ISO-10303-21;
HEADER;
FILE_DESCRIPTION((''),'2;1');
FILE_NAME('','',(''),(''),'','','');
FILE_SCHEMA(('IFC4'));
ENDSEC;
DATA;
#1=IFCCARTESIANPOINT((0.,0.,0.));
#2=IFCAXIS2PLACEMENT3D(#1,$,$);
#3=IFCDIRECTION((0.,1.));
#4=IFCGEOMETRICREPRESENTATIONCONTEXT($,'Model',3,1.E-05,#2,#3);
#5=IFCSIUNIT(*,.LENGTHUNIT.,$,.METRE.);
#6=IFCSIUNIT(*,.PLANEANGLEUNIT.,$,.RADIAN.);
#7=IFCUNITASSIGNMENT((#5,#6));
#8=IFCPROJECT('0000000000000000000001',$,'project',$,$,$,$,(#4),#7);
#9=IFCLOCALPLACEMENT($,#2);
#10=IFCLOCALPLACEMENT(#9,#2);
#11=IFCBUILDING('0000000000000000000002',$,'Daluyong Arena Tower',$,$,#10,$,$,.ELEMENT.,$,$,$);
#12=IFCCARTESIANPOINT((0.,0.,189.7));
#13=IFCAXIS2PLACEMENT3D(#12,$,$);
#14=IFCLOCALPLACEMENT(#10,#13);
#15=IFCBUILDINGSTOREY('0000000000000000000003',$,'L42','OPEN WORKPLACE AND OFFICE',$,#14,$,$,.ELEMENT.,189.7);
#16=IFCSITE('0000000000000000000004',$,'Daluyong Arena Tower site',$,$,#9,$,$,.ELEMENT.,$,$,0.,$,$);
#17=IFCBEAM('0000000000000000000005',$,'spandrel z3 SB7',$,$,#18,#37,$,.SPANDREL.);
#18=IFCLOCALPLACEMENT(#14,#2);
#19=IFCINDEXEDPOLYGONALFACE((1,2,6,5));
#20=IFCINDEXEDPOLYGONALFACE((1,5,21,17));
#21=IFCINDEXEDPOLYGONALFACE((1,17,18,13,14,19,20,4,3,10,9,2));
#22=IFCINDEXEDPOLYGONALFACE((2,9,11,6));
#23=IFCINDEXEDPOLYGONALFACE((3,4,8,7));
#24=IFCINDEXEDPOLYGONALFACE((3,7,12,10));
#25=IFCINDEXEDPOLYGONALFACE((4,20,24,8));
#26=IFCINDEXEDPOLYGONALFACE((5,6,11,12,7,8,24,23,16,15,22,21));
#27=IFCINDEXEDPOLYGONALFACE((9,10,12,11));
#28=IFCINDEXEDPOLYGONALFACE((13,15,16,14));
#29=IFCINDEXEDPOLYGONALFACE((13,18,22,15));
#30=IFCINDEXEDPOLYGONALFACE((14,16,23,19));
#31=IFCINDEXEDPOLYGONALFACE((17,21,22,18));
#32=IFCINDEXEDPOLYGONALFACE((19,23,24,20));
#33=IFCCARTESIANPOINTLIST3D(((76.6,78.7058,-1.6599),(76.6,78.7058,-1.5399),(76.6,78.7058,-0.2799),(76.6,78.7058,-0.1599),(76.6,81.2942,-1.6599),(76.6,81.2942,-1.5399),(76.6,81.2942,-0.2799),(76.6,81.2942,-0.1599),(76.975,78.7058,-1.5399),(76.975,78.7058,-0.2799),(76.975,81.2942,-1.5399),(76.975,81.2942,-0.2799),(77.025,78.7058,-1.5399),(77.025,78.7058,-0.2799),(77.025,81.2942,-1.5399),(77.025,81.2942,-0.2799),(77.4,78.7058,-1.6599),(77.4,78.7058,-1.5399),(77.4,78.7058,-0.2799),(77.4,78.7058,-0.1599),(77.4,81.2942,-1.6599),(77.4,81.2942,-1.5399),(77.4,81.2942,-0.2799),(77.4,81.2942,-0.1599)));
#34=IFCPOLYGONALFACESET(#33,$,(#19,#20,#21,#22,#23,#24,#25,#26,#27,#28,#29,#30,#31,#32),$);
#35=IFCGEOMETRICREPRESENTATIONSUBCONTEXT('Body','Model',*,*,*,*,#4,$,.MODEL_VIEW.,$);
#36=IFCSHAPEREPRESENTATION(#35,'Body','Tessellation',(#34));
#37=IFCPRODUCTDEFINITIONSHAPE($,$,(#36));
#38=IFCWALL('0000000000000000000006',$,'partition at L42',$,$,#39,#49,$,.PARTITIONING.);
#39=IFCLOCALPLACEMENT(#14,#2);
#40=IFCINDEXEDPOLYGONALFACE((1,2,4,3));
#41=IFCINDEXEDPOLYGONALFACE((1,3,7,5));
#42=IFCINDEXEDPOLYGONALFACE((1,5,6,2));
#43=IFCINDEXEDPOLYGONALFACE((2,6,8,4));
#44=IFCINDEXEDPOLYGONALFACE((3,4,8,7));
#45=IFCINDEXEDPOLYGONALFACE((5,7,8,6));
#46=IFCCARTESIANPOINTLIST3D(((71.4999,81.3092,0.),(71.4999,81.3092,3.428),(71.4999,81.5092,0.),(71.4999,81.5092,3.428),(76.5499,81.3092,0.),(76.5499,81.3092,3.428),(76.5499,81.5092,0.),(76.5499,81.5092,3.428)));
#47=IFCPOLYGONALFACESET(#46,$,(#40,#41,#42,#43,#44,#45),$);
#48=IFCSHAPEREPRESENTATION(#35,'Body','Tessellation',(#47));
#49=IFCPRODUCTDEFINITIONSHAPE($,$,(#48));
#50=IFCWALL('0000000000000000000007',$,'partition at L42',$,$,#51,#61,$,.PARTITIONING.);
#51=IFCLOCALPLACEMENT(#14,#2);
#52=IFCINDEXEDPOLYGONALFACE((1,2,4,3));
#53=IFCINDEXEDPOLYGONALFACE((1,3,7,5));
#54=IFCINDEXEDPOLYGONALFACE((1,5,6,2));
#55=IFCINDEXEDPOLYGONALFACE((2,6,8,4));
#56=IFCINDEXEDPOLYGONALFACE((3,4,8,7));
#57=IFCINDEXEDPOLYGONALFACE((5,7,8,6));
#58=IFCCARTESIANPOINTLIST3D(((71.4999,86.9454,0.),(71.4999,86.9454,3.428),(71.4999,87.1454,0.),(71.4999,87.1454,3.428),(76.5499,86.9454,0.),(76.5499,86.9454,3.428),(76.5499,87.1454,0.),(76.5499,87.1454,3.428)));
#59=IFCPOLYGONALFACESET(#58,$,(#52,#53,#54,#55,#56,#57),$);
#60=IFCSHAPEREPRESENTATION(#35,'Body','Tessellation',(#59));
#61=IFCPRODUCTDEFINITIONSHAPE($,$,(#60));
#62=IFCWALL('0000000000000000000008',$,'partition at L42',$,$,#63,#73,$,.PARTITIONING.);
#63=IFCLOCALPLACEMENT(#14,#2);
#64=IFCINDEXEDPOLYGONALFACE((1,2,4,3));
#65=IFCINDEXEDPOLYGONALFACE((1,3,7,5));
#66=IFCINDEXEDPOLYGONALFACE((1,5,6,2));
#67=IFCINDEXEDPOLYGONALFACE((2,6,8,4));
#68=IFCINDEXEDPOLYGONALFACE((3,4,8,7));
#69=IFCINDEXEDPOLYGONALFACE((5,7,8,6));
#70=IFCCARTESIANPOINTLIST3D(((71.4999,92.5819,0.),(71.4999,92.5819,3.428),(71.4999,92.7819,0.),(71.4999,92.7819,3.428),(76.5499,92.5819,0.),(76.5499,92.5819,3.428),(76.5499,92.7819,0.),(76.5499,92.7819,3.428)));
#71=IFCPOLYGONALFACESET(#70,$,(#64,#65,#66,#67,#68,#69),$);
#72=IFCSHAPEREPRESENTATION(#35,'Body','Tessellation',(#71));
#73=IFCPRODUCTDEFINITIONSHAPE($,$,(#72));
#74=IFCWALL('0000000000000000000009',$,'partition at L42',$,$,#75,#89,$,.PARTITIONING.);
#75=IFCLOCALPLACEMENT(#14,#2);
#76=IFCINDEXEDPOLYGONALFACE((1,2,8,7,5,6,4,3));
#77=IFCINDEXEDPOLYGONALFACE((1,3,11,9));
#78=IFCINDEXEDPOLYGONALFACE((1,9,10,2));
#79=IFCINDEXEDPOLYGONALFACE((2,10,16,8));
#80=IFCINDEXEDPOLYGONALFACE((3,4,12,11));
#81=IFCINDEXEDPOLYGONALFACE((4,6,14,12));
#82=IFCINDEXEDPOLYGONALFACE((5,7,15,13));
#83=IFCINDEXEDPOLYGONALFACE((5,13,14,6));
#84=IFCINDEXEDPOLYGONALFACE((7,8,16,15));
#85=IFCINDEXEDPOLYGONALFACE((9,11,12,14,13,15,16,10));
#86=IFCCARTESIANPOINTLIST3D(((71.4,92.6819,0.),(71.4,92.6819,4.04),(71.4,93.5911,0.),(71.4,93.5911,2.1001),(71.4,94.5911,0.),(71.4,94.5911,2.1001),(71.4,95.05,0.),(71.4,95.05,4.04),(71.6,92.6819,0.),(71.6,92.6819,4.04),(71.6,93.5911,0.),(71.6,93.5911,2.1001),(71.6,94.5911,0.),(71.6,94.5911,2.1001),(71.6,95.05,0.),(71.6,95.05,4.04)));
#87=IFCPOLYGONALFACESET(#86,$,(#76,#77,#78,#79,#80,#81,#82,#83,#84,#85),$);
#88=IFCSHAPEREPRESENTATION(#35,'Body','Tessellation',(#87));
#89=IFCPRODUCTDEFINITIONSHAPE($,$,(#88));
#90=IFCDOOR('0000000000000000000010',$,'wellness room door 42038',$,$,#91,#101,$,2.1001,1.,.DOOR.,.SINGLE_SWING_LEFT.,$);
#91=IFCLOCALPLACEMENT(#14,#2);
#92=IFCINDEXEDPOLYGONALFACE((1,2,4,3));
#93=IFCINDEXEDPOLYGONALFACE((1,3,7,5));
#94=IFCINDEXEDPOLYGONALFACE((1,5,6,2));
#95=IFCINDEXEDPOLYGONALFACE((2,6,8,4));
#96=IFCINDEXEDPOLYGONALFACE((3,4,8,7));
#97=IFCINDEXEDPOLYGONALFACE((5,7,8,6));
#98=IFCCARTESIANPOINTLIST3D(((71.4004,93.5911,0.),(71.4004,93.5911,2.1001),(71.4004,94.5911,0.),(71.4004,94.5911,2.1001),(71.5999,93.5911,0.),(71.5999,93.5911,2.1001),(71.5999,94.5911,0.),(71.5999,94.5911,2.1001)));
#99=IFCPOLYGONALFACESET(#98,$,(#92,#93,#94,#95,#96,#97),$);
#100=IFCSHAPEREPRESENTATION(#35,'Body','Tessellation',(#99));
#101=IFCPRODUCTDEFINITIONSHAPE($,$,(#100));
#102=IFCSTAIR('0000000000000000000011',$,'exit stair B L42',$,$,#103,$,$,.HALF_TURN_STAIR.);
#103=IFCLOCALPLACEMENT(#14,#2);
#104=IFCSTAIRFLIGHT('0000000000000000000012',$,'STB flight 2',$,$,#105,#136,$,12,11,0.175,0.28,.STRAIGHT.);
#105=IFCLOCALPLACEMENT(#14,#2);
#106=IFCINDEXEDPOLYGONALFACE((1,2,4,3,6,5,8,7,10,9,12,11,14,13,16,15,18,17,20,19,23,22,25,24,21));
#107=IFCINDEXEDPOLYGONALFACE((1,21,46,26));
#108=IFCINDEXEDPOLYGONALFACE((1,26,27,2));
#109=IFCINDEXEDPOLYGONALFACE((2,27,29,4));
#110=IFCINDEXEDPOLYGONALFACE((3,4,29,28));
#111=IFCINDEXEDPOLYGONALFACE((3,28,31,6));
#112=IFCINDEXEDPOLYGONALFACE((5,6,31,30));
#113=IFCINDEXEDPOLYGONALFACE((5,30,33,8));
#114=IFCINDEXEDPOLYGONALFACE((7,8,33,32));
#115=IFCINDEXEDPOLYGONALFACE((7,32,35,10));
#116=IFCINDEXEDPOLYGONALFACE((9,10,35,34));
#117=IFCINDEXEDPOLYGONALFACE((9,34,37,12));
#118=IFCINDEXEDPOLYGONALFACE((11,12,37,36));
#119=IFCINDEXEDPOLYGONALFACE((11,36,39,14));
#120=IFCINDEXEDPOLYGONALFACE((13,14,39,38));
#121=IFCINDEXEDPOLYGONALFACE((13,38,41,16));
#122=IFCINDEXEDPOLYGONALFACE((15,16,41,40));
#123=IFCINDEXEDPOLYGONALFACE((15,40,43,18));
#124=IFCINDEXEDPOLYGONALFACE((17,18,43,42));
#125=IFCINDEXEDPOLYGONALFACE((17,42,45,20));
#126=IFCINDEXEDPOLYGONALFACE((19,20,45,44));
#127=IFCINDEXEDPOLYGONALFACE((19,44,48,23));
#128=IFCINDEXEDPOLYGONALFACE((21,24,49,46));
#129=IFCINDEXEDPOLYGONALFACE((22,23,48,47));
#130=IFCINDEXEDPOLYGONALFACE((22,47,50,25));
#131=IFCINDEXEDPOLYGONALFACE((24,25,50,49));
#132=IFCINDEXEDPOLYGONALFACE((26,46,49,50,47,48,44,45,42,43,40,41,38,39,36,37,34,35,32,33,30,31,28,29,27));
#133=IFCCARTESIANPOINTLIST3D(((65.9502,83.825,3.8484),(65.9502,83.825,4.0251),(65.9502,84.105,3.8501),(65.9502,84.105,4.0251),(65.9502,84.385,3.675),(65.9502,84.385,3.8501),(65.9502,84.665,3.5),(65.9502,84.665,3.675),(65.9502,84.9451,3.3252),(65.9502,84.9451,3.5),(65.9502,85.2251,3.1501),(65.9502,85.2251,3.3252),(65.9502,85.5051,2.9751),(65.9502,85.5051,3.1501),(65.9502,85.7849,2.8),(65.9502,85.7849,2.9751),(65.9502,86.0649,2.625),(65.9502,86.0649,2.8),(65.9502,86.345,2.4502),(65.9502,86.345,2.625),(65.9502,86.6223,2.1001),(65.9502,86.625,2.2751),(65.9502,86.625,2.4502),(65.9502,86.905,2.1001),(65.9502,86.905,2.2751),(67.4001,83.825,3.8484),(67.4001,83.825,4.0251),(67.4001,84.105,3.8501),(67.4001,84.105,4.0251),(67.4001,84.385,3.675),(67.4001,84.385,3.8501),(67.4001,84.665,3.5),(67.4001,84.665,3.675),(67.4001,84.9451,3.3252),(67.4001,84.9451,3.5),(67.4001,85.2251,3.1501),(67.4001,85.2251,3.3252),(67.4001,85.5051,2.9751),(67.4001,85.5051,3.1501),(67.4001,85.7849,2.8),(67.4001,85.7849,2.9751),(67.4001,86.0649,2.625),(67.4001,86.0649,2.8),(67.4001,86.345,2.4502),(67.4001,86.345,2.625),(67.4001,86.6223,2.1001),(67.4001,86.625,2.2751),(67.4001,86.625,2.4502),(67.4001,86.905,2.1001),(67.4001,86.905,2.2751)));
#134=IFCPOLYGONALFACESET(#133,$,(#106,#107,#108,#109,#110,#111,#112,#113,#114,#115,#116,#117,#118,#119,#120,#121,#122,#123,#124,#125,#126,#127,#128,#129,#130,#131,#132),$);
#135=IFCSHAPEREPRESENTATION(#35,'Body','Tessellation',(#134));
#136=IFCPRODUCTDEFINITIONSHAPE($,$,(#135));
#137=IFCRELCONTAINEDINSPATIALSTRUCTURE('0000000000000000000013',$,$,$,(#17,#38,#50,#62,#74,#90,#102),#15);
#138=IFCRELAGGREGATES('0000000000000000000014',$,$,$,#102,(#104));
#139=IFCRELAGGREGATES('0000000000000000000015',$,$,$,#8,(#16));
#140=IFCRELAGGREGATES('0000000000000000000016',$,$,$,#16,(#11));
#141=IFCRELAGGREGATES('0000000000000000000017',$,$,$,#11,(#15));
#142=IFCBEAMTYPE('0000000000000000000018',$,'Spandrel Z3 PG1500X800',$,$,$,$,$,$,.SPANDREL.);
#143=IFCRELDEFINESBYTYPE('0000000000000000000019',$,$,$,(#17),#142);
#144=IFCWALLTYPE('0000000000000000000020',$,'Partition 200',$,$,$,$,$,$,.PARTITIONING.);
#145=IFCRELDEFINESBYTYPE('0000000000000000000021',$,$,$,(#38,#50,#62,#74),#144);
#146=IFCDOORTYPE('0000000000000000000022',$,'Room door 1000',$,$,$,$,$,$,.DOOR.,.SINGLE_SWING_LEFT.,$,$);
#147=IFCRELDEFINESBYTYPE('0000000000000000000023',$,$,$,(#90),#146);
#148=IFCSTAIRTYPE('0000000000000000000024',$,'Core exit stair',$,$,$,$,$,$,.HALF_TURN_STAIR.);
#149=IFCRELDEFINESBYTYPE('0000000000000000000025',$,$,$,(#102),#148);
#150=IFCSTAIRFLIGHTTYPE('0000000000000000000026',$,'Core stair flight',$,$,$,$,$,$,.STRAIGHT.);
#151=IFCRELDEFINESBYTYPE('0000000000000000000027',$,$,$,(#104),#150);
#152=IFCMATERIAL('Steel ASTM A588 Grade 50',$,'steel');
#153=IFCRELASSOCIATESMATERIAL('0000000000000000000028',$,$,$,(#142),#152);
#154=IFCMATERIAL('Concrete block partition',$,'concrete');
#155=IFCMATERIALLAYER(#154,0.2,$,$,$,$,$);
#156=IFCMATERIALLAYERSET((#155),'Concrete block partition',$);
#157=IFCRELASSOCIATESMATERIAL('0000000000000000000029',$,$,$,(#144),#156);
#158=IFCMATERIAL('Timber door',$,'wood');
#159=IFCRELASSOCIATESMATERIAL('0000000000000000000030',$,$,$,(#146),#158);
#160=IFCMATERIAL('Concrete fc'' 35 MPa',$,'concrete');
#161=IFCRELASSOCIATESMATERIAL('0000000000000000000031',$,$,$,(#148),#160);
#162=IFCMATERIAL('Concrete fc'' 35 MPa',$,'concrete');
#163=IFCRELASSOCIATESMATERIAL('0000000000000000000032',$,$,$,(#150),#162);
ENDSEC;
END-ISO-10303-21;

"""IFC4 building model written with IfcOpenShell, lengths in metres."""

from ifc_helpers import new_model, si_unit, direction, frame, frame_2d, origin, origin_2d, place, context, subcontext, project, spatial, polyline, rectangle, i_section, outline, extrude, material, layer, layer_set, material_profile, profile_set, type_object, element, fill, aggregate, save


model = new_model("IFC4")

# Units and contexts
model_context = context("Model", 3, precision=1e-05, world=origin(), true_north=direction((0.0, 1.0)))
body_context = subcontext(model_context, "Body", "Model", "MODEL_VIEW")
ifc_project = project(units=[si_unit("LENGTHUNIT", "METRE"), si_unit("PLANEANGLEUNIT", "RADIAN")], contexts=[model_context])

# Site, building, storey
site_placement = place(None, origin())
site = spatial("IfcSite", under=ifc_project, at=site_placement, Name="Daluyong Arena Tower site", CompositionType="ELEMENT", RefElevation=0.0)
building_placement = place(site_placement, origin())
building = spatial("IfcBuilding", under=site, at=building_placement, Name="Daluyong Arena Tower", CompositionType="ELEMENT")
storey_placement = place(building_placement, frame((0.0, 0.0, 189.7)))
storey = spatial("IfcBuildingStorey", under=building, at=storey_placement, Name="L42", Description="OPEN WORKPLACE AND OFFICE", CompositionType="ELEMENT", Elevation=189.7)

# Beam
ifc_material_1 = material(Name="Steel ASTM A588 Grade 50", Category="steel")
ifc_material_profile_1 = material_profile(ifc_material_1, i_section(OverallWidth=0.8, OverallDepth=1.5, WebThickness=0.05, FlangeThickness=0.12, at=origin_2d()))
ifc_profile_set_1 = profile_set([ifc_material_profile_1], Name="Steel ASTM A588 Grade 50")
beam_type_1 = type_object("IfcBeamType", Name="Spandrel Z3 PG1500X800", PredefinedType="SPANDREL", material=ifc_profile_set_1)
beam_1_placement = place(storey_placement, frame((77.0, 78.7058, -0.9099), z_axis=(0.0, 1.0, 0.0), x_axis=(-1.0, 0.0, 0.0)))
element("IfcBeam", 1, at=beam_1_placement, inside=storey, type_object=beam_type_1, Name="spandrel z3 SB7", PredefinedType="SPANDREL", context=body_context, shape_type="SweptSolid", body=[
    extrude(i_section(OverallWidth=0.8, OverallDepth=1.5, WebThickness=0.05, FlangeThickness=0.12, at=origin_2d()), origin(), (0.0, 0.0, 1.0), 2.5884),
])

# Walls
ifc_material_2 = material(Name="Concrete block partition", Category="concrete")
ifc_layer = layer(ifc_material_2, 0.2)
ifc_layer_set = layer_set([ifc_layer], Name="Concrete block partition")
wall_type = type_object("IfcWallType", Name="Partition 200", PredefinedType="PARTITIONING", material=ifc_layer_set)
for number, where, z_axis, x_axis, name in (
    (2, (71.5, 81.4092, 0.0), (0.0, 0.0, 1.0), (1.0, 0.0, 0.0), "partition at L42"),
    (3, (71.5, 87.0454, 0.0), (0.0, 0.0, 1.0), (1.0, 0.0, 0.0), "partition at L42"),
    (4, (71.5, 92.6819, 0.0), (0.0, 0.0, 1.0), (1.0, 0.0, 0.0), "partition at L42"),
):
    element("IfcWall", number, at=place(storey_placement, frame(where, z_axis=z_axis, x_axis=x_axis)), inside=storey, type_object=wall_type, Name=name, PredefinedType="PARTITIONING", context=body_context, shape_type="SweptSolid", body=[
        extrude(rectangle(XDim=5.05, YDim=0.2, at=frame_2d((2.5249, 0.0))), origin(), (0.0, 0.0, 1.0), 3.428),
    ])

# Wall, opening, door
wall_placement = place(storey_placement, frame((71.5, 92.6819, 0.0), z_axis=(0.0, 0.0, 1.0), x_axis=(0.0, 1.0, 0.0)))
wall = element("IfcWall", 5, at=wall_placement, inside=storey, type_object=wall_type, Name="partition at L42", PredefinedType="PARTITIONING", context=body_context, shape_type="SweptSolid", body=[
    extrude(rectangle(XDim=2.3682, YDim=0.2, at=frame_2d((1.1841, 0.0))), origin(), (0.0, 0.0, 1.0), 4.04),
])
opening_placement = place(wall_placement, frame((0.9092, 0.0, 0.0)))
opening = element("IfcOpeningElement", 6, at=opening_placement, cuts=wall, PredefinedType="OPENING", context=body_context, shape_type="SweptSolid", body=[
    extrude(rectangle(XDim=1.0, YDim=2.1001, at=frame_2d((0.5, 1.05))), frame((0.0, 0.1099, 0.0), z_axis=(0.0, -1.0, 0.0), x_axis=(1.0, 0.0, 0.0)), (0.0, 0.0, 1.0), 0.22),
])
ifc_material_3 = material(Name="Timber door", Category="wood")
door_type = type_object("IfcDoorType", Name="Room door 1000", OperationType="SINGLE_SWING_LEFT", PredefinedType="DOOR", material=ifc_material_3)
door_placement = place(opening_placement, origin())
door = element("IfcDoor", 7, at=door_placement, inside=storey, type_object=door_type, Name="wellness room door 42038", OperationType="SINGLE_SWING_LEFT", OverallHeight=2.1001, OverallWidth=1.0, PredefinedType="DOOR", context=body_context, shape_type="SweptSolid", body=[
    extrude(rectangle(XDim=1.0, YDim=2.1001, at=frame_2d((0.5, 1.05))), frame((0.0, 0.0996, 0.0), z_axis=(0.0, -1.0, 0.0), x_axis=(1.0, 0.0, 0.0)), (0.0, 0.0, 1.0), 0.1995),
])
fill(opening, door)

# Stair, stair flight
ifc_material_4 = material(Name="Concrete fc' 35 MPa", Category="concrete")
stair_type = type_object("IfcStairType", Name="Core exit stair", PredefinedType="HALF_TURN_STAIR", material=ifc_material_4)
stair_placement = place(storey_placement, origin())
stair = element("IfcStair", 8, at=stair_placement, inside=storey, type_object=stair_type, Name="exit stair B L42", PredefinedType="HALF_TURN_STAIR")
ifc_material_5 = material(Name="Concrete fc' 35 MPa", Category="concrete")
stair_flight_type = type_object("IfcStairFlightType", Name="Core stair flight", PredefinedType="STRAIGHT", material=ifc_material_5)
stair_flight_placement = place(storey_placement, frame((66.675, 86.905, 2.1001), z_axis=(0.0, 0.0, 1.0), x_axis=(0.0, -1.0, 0.0)))
stair_flight = element("IfcStairFlight", 9, at=stair_flight_placement, type_object=stair_flight_type, Name="STB flight 2", NumberOfRisers=12, NumberOfTreads=11, PredefinedType="STRAIGHT", RiserHeight=0.175, TreadLength=0.28, context=body_context, shape_type="SweptSolid", body=[
    extrude(outline(polyline([(0.0, 0.0), (0.0, 0.175), (0.28, 0.175), (0.28, 0.3501), (0.5601, 0.3501), (0.5601, 0.5249), (0.8401, 0.5249), (0.8401, 0.7), (1.1201, 0.7), (1.1201, 0.875), (1.3999, 0.875), (1.3999, 1.05), (1.6799, 1.05), (1.6799, 1.2251), (1.96, 1.2251), (1.96, 1.3999), (2.24, 1.3999), (2.24, 1.575), (2.52, 1.575), (2.52, 1.75), (2.8, 1.75), (2.8, 1.925), (3.0801, 1.925), (3.0801, 2.1001), (3.0801, 1.7483), (0.2827, 0.0), (0.0, 0.0)])), frame((0.0, 0.7251, 0.0), z_axis=(0.0, -1.0, 0.0), x_axis=(1.0, 0.0, 0.0)), (0.0, 0.0, 1.0), 1.45),
])
aggregate(stair, [stair_flight])

save(model, "model.ifc")
